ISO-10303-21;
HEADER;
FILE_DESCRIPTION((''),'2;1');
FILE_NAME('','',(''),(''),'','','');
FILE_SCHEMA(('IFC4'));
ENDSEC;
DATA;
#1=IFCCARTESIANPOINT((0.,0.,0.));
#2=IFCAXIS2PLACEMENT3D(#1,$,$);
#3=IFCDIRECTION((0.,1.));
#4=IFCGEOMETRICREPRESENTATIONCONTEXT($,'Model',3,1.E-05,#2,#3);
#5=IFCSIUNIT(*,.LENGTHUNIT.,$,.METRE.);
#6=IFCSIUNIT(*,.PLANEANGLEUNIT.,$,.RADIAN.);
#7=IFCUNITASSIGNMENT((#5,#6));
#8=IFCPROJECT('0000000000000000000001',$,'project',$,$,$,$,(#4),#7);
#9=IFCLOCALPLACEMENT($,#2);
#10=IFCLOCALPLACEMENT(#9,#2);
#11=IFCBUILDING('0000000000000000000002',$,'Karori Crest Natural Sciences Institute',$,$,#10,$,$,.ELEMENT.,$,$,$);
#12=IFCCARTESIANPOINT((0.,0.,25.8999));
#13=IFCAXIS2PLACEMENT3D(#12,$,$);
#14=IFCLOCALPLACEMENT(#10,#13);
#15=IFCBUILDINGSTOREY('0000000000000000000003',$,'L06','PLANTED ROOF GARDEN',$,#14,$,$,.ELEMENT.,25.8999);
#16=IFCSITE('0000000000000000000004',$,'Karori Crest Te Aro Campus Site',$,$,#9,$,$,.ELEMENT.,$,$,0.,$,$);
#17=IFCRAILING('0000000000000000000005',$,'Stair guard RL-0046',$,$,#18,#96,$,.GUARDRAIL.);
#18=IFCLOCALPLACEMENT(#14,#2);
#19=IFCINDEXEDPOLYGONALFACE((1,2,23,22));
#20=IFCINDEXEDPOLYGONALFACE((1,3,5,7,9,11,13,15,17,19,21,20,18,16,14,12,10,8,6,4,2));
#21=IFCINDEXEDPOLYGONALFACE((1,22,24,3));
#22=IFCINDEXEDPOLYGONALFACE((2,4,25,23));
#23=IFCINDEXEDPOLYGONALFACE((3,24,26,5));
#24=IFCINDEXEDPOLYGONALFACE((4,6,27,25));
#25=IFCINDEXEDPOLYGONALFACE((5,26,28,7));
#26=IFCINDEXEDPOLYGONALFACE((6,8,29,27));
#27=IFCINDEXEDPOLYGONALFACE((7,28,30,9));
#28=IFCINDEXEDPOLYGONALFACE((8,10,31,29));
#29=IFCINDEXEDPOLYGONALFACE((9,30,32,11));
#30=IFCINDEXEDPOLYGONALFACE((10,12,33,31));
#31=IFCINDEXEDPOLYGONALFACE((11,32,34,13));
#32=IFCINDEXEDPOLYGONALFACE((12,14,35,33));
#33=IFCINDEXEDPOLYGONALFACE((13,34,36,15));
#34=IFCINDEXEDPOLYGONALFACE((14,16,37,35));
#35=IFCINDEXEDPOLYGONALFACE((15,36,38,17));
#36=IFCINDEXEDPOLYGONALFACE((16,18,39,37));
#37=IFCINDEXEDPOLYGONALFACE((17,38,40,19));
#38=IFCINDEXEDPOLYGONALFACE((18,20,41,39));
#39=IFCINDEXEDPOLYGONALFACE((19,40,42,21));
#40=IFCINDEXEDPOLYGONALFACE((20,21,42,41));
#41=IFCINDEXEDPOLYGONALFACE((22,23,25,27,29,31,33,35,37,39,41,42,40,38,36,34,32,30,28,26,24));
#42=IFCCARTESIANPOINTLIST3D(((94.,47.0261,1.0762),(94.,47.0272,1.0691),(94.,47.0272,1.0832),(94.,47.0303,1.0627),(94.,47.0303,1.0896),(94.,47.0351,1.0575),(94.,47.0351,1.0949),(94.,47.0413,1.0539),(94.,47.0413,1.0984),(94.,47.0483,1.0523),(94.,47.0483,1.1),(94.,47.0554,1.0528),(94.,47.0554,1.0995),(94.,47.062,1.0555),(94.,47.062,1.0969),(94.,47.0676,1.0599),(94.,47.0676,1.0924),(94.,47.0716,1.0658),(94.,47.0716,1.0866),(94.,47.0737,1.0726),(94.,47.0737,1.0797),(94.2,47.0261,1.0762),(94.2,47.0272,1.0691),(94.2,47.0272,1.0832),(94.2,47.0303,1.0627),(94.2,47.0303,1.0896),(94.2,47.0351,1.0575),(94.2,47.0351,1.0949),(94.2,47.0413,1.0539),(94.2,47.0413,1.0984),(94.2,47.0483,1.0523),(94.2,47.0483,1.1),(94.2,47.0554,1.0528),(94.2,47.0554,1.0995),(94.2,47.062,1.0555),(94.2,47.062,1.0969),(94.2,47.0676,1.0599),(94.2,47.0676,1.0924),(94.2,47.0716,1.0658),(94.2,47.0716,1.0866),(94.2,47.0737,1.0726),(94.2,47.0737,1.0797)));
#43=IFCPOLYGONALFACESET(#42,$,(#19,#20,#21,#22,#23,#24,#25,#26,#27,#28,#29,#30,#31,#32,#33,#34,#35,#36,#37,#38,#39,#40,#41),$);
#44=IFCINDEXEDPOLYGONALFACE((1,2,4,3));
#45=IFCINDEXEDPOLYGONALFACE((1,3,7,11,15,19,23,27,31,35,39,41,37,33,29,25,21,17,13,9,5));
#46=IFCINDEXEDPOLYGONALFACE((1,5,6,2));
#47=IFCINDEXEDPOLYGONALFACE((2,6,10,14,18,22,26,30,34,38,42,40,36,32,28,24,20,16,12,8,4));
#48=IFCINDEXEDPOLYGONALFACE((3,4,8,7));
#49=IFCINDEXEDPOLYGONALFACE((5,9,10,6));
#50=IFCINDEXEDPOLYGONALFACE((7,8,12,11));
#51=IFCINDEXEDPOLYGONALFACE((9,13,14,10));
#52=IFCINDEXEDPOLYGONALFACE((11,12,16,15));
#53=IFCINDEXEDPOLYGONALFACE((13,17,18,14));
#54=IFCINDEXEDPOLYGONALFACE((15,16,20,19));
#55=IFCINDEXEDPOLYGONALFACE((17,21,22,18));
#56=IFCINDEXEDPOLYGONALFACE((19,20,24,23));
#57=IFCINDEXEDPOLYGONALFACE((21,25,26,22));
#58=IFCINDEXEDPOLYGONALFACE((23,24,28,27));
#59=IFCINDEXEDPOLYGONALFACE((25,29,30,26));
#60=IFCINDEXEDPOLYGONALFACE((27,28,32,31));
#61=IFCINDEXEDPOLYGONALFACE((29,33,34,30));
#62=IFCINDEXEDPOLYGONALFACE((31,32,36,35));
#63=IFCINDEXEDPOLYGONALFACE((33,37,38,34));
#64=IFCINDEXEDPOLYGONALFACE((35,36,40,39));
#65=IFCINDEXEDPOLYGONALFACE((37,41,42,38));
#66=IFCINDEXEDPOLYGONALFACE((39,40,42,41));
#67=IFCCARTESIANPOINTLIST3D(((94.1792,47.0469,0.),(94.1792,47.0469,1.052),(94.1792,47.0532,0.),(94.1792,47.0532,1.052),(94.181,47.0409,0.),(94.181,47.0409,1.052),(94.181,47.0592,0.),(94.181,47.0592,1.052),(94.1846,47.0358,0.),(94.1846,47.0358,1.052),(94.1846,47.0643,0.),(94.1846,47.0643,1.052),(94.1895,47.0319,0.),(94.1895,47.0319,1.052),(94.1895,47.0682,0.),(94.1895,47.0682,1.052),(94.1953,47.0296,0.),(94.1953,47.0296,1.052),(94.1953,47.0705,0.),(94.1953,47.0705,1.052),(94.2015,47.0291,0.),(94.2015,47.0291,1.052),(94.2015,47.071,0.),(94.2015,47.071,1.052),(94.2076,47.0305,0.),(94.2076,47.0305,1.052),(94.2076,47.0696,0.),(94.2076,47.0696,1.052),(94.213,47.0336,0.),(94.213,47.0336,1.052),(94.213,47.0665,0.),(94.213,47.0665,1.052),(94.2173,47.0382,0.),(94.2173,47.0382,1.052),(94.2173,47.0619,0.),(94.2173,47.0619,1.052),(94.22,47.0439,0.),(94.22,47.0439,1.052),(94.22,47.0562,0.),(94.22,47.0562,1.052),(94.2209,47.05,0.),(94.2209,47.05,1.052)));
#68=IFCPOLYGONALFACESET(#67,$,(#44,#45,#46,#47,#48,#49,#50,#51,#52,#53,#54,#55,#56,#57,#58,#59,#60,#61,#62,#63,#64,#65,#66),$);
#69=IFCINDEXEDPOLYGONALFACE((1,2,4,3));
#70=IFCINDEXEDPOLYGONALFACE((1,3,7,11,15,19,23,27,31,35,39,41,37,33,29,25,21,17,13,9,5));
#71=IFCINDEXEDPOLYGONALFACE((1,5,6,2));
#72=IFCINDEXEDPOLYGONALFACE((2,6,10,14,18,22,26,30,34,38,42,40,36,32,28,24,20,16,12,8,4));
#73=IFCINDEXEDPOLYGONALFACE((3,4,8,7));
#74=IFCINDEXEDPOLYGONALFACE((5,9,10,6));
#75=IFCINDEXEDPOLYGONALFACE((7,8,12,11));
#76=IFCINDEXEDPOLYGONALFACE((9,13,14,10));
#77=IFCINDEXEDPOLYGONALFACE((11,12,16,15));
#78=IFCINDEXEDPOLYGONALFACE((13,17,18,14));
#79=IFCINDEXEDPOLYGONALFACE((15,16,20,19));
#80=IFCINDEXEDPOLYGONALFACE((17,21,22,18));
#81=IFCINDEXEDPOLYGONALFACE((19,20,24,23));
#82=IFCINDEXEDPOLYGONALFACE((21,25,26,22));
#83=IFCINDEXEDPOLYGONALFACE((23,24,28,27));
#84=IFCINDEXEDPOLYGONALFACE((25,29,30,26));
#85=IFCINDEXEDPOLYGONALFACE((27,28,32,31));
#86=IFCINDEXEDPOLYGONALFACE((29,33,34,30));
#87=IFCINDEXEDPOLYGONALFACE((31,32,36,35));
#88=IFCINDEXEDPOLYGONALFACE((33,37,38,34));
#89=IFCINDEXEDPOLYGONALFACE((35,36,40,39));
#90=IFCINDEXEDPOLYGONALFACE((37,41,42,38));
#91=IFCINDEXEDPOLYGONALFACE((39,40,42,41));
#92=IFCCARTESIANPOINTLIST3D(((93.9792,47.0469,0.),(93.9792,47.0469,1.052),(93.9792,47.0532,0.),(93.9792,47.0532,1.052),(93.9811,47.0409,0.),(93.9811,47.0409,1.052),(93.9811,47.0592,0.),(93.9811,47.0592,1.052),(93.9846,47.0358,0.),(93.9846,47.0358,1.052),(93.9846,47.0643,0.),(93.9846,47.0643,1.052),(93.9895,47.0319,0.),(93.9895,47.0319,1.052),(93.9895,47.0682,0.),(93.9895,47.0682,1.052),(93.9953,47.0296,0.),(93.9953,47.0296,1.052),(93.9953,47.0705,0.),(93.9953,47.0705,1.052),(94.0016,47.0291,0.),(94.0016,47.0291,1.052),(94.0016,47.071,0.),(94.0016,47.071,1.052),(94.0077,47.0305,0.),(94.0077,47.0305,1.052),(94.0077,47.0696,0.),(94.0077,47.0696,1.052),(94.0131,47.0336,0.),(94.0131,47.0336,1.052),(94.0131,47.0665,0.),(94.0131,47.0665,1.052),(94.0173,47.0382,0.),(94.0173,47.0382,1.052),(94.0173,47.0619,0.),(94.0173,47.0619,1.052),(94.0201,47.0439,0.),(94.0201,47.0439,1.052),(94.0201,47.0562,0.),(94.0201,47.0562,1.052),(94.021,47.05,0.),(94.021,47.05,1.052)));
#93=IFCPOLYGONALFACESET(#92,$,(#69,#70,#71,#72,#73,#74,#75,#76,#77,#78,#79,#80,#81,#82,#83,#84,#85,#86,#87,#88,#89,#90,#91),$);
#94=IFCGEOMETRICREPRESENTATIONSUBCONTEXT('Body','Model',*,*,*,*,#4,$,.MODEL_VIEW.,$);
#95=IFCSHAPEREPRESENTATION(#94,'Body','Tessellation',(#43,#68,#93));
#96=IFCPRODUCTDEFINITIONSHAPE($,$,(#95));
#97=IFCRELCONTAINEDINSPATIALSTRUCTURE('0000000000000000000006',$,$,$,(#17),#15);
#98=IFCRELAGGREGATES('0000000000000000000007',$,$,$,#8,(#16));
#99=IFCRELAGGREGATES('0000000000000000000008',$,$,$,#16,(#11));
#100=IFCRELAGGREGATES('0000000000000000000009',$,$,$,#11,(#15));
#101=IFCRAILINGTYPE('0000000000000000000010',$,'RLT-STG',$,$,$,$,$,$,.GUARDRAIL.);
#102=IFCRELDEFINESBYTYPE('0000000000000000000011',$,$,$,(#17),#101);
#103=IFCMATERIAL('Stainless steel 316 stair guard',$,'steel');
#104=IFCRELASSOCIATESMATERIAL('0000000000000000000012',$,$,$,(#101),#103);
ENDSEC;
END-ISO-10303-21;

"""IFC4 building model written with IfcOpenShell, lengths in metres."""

from ifc_helpers import new_model, si_unit, direction, frame, origin, origin_2d, place, context, subcontext, project, spatial, circle, extrude, material, type_object, element, save


model = new_model("IFC4")

# Units and contexts
model_context = context("Model", 3, precision=1e-05, world=origin(), true_north=direction((0.0, 1.0)))
body_context = subcontext(model_context, "Body", "Model", "MODEL_VIEW")
ifc_project = project(units=[si_unit("LENGTHUNIT", "METRE"), si_unit("PLANEANGLEUNIT", "RADIAN")], contexts=[model_context])

# Site, building, storey
site_placement = place(None, origin())
site = spatial("IfcSite", under=ifc_project, at=site_placement, Name="Karori Crest Te Aro Campus Site", CompositionType="ELEMENT", RefElevation=0.0)
building_placement = place(site_placement, origin())
building = spatial("IfcBuilding", under=site, at=building_placement, Name="Karori Crest Natural Sciences Institute", CompositionType="ELEMENT")
storey_placement = place(building_placement, frame((0.0, 0.0, 25.8999)))
storey = spatial("IfcBuildingStorey", under=building, at=storey_placement, Name="L06", Description="PLANTED ROOF GARDEN", CompositionType="ELEMENT", Elevation=25.8999)

# Railing
ifc_material_1 = material(Name="Stainless steel 316 stair guard", Category="steel")
railing_type_1 = type_object("IfcRailingType", Name="RLT-STG", PredefinedType="GUARDRAIL", material=ifc_material_1)
railing_1_placement = place(storey_placement, frame((94.2, 47.05, 0.0)))
element("IfcRailing", 1, at=railing_1_placement, inside=storey, type_object=railing_type_1, Name="Stair guard RL-0046", PredefinedType="GUARDRAIL", context=body_context, shape_type="SweptSolid", body=[
    extrude(circle(Radius=0.0239, at=origin_2d()), frame((0.0, 0.0, 1.0762), z_axis=(-1.0, 0.0, 0.0), x_axis=(0.0, -1.0, 0.0)), (0.0, 0.0, 1.0), 0.2),
    extrude(circle(Radius=0.021, at=origin_2d()), origin(), (0.0, 0.0, 1.0), 1.052),
    extrude(circle(Radius=0.021, at=origin_2d()), frame((-0.2, 0.0, 0.0)), (0.0, 0.0, 1.0), 1.052),
])

save(model, "model.ifc")
